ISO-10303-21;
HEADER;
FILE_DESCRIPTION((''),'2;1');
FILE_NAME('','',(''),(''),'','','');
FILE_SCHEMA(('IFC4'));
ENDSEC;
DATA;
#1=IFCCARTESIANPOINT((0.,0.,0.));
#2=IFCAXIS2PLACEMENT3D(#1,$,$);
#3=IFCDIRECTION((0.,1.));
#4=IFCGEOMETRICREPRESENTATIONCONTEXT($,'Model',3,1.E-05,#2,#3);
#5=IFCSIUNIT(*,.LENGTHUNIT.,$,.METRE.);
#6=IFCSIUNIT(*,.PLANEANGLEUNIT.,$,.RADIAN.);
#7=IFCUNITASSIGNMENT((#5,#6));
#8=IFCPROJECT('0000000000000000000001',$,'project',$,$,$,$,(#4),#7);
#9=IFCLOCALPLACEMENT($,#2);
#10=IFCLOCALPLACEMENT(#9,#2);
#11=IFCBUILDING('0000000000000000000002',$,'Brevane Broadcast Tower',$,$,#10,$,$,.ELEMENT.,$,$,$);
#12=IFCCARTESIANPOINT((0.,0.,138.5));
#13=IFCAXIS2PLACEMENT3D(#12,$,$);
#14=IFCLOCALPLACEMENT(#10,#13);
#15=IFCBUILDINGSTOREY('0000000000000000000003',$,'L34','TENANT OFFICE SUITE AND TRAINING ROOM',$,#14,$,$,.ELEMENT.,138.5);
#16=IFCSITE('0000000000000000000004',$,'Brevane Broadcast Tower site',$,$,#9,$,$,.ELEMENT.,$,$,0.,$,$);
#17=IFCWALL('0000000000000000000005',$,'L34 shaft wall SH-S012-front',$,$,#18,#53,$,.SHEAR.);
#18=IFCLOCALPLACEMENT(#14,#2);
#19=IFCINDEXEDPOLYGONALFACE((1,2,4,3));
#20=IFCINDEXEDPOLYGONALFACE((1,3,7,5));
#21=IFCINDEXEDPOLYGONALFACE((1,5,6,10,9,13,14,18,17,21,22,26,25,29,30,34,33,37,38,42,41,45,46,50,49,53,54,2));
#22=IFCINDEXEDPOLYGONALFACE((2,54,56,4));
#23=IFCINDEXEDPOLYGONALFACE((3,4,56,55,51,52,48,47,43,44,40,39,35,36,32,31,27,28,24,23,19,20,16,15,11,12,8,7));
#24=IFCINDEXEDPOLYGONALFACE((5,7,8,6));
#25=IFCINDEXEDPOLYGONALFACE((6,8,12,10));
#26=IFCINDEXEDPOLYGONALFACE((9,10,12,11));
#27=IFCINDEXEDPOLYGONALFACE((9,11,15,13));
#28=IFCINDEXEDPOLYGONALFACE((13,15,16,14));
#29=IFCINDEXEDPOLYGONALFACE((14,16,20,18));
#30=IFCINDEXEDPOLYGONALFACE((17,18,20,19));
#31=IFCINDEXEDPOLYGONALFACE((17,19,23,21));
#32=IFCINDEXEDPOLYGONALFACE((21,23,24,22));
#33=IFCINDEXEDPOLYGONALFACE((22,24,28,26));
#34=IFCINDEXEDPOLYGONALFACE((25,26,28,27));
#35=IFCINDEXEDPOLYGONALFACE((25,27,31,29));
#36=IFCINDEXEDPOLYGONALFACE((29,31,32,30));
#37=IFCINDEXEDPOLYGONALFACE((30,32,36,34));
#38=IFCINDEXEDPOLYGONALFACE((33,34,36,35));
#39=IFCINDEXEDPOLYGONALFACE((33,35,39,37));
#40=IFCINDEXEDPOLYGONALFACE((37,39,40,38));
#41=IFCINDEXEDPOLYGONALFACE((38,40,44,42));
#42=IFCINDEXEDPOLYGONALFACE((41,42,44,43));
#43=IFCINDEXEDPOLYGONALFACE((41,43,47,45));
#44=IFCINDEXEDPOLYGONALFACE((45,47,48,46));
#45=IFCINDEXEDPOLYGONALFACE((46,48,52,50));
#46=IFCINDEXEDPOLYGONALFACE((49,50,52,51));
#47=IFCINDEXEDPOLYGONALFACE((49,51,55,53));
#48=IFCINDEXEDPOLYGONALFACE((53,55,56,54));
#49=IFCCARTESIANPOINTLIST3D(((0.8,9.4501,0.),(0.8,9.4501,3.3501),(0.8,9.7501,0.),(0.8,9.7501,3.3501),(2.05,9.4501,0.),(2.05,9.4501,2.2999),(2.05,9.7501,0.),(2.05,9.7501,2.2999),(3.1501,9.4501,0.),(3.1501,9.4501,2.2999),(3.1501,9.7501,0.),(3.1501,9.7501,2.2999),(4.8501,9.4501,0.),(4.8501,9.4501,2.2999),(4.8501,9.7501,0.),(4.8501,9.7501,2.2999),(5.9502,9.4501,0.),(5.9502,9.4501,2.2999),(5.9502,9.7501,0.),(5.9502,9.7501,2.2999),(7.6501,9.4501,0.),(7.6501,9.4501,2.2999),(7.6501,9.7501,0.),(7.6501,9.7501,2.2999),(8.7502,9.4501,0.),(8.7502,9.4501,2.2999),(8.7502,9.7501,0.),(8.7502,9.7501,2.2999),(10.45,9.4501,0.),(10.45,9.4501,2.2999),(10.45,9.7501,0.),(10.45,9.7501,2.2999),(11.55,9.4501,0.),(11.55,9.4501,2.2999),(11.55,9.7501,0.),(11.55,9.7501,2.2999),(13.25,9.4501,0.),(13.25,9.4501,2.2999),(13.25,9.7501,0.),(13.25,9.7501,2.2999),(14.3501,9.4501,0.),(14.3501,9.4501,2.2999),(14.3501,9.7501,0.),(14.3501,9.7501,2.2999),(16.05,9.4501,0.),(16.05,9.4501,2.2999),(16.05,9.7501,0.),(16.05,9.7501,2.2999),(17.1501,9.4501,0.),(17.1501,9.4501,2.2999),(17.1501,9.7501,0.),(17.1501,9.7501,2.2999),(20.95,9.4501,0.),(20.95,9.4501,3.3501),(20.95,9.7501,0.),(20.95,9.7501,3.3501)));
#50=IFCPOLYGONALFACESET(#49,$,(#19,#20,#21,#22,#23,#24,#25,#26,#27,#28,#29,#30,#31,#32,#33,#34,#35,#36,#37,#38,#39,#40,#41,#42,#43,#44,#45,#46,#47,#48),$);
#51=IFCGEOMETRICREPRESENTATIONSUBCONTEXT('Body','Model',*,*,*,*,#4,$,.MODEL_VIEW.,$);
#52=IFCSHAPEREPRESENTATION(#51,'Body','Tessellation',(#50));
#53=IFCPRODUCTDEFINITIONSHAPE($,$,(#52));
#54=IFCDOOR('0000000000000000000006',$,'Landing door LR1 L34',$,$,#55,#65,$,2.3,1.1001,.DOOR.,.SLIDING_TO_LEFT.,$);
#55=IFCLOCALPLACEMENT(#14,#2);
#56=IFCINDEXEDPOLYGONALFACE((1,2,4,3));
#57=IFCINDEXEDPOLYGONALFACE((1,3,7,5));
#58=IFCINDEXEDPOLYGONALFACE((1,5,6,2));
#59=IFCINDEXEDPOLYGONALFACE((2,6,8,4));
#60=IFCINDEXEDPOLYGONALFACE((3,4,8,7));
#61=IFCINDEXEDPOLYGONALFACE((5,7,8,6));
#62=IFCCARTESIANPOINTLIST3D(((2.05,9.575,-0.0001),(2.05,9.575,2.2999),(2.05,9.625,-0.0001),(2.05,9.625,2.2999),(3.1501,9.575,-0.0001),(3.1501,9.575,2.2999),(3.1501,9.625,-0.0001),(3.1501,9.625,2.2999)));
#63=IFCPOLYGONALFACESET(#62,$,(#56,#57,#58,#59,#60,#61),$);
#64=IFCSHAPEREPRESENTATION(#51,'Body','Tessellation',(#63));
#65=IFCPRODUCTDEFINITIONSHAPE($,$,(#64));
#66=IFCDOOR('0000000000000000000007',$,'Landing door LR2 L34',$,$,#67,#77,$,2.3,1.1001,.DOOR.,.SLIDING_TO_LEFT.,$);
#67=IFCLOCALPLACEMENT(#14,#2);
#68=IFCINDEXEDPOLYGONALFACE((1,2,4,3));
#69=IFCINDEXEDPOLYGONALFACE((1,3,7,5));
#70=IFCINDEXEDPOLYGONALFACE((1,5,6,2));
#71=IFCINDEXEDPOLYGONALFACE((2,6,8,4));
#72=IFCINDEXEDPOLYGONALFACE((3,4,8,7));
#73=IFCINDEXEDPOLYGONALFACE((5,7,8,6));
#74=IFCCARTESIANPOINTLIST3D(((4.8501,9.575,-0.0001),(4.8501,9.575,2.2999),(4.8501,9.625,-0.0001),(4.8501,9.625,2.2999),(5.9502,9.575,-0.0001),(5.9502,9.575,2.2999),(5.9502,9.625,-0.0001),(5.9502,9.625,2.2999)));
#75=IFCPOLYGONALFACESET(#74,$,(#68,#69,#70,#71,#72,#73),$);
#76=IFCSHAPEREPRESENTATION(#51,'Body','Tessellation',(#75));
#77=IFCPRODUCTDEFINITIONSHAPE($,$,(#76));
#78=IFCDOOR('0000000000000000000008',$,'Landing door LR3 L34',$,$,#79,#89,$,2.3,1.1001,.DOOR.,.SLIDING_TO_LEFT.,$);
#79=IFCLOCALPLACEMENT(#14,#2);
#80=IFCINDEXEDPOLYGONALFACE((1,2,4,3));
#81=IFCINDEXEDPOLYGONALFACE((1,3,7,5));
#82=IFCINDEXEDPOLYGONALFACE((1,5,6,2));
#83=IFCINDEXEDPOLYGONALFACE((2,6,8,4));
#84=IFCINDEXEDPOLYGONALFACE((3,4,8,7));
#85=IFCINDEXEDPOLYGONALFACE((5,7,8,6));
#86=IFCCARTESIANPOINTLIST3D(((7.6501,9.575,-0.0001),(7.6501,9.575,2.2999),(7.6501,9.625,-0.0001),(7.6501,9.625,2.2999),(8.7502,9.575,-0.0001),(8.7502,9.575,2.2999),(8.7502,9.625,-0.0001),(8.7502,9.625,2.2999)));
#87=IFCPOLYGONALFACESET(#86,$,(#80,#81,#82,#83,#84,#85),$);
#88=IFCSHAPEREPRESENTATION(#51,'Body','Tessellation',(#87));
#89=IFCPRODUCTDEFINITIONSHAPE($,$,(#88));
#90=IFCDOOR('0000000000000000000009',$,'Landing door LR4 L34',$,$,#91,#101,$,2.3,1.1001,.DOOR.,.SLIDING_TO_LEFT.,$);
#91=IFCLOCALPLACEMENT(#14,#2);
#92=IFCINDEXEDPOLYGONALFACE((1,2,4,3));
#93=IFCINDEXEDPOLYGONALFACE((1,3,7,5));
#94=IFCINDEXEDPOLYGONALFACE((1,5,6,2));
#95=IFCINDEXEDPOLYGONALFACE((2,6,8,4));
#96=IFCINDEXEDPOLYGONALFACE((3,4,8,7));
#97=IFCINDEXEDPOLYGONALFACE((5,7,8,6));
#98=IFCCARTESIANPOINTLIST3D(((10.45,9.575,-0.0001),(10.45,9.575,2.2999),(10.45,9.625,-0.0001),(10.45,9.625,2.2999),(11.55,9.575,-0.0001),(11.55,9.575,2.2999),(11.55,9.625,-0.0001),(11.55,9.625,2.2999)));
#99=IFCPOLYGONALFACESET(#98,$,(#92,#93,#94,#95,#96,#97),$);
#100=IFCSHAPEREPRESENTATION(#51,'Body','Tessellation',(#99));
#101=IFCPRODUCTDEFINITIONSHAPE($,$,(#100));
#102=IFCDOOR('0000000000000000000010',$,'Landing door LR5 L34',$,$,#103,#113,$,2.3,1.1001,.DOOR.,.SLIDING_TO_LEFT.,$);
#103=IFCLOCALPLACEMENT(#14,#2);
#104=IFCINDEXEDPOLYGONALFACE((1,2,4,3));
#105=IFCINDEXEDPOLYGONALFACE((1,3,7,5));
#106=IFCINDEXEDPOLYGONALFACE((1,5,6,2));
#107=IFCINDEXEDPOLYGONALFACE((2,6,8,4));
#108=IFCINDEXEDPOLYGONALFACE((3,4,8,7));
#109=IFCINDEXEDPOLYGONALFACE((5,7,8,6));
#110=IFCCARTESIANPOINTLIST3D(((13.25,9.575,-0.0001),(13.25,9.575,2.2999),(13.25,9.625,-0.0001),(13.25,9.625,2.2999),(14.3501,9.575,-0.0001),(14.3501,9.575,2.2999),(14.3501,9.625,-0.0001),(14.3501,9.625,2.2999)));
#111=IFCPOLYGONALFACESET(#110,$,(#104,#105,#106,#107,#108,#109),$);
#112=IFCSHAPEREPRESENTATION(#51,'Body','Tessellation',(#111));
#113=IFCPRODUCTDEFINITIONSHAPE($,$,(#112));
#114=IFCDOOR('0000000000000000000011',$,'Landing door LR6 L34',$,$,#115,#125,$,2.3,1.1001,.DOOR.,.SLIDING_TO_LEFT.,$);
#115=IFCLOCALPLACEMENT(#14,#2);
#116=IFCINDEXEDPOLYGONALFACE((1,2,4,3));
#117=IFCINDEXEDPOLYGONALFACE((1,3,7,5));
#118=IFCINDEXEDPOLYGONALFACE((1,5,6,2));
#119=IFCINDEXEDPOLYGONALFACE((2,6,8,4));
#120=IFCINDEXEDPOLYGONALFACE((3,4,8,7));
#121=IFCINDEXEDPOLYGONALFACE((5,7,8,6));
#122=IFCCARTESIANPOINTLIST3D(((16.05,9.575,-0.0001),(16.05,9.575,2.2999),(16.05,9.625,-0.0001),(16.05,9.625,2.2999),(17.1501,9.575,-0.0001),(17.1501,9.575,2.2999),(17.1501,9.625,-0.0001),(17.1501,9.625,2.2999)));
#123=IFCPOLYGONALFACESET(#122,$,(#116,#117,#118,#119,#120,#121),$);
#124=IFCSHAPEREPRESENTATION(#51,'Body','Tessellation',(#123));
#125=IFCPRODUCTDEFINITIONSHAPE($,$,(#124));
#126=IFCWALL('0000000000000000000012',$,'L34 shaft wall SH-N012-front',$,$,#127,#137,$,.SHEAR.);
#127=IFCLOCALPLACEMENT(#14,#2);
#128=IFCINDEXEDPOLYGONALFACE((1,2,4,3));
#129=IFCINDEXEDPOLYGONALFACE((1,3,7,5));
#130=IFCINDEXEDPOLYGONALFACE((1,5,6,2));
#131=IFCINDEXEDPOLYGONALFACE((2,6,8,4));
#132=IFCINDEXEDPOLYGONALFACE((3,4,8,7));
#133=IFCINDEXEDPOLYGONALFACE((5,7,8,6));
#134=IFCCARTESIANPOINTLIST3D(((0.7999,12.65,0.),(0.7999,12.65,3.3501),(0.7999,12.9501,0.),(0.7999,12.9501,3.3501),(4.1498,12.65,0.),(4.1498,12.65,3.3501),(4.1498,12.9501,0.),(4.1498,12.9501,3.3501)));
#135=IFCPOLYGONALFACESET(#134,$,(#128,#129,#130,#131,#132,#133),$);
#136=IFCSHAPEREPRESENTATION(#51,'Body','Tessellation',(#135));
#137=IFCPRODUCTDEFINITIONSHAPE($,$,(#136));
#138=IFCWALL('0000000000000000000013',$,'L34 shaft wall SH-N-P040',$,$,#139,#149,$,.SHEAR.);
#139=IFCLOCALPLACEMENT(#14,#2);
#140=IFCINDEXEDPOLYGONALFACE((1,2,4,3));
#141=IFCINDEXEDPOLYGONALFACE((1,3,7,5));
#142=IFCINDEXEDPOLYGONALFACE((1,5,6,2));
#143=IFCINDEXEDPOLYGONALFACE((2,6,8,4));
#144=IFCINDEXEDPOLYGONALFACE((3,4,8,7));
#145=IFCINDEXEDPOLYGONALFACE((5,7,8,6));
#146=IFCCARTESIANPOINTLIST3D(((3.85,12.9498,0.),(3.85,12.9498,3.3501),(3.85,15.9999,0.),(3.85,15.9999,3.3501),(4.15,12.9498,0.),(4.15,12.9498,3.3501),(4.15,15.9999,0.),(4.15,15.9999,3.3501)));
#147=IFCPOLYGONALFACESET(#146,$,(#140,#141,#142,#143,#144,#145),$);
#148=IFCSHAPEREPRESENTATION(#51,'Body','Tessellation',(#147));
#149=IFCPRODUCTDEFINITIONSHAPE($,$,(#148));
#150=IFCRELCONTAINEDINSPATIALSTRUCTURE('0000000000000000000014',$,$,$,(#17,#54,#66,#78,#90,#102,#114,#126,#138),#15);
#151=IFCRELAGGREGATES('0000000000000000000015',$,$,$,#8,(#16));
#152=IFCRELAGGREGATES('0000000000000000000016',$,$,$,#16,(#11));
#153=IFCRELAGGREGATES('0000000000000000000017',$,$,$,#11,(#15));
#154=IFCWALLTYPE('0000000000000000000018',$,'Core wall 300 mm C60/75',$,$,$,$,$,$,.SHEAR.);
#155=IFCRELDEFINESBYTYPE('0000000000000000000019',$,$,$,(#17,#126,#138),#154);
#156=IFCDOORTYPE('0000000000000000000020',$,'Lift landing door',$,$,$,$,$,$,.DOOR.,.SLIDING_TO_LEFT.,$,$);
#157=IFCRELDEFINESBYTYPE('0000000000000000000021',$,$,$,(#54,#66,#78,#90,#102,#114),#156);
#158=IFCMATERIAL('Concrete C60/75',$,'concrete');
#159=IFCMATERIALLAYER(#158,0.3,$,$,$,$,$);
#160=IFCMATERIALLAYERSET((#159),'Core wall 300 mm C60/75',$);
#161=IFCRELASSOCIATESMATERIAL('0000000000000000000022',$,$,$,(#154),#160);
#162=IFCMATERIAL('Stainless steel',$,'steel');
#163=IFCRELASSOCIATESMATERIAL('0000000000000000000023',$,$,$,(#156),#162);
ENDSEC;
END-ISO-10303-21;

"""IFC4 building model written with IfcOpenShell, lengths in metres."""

from ifc_helpers import new_model, si_unit, direction, frame, frame_2d, origin, place, context, subcontext, project, spatial, rectangle, extrude, material, layer, layer_set, type_object, element, fill, save


model = new_model("IFC4")

# Units and contexts
model_context = context("Model", 3, precision=1e-05, world=origin(), true_north=direction((0.0, 1.0)))
body_context = subcontext(model_context, "Body", "Model", "MODEL_VIEW")
ifc_project = project(units=[si_unit("LENGTHUNIT", "METRE"), si_unit("PLANEANGLEUNIT", "RADIAN")], contexts=[model_context])

# Site, building, storey
site_placement = place(None, origin())
site = spatial("IfcSite", under=ifc_project, at=site_placement, Name="Brevane Broadcast Tower site", CompositionType="ELEMENT", RefElevation=0.0)
building_placement = place(site_placement, origin())
building = spatial("IfcBuilding", under=site, at=building_placement, Name="Brevane Broadcast Tower", CompositionType="ELEMENT")
storey_placement = place(building_placement, frame((0.0, 0.0, 138.5)))
storey = spatial("IfcBuildingStorey", under=building, at=storey_placement, Name="L34", Description="TENANT OFFICE SUITE AND TRAINING ROOM", CompositionType="ELEMENT", Elevation=138.5)

# Wall, openings, doors
ifc_material_1 = material(Name="Concrete C60/75", Category="concrete")
ifc_layer_1 = layer(ifc_material_1, 0.3)
ifc_layer_set_1 = layer_set([ifc_layer_1], Name="Core wall 300 mm C60/75")
wall_type_1 = type_object("IfcWallType", Name="Core wall 300 mm C60/75", PredefinedType="SHEAR", material=ifc_layer_set_1)
wall_1_placement = place(storey_placement, frame((0.8, 9.6001, 0.0), z_axis=(0.0, 0.0, 1.0), x_axis=(1.0, 0.0, 0.0)))
wall_1 = element("IfcWall", 1, at=wall_1_placement, inside=storey, type_object=wall_type_1, Name="L34 shaft wall SH-S012-front", PredefinedType="SHEAR", context=body_context, shape_type="SweptSolid", body=[
    extrude(rectangle(XDim=20.1499, YDim=0.3, at=frame_2d((10.075, 0.0))), origin(), (0.0, 0.0, 1.0), 3.3501),
])
opening_1_placement = place(wall_1_placement, frame((1.25, 0.0, 0.0)))
opening_1 = element("IfcOpeningElement", 2, at=opening_1_placement, cuts=wall_1, PredefinedType="OPENING", context=body_context, shape_type="SweptSolid", body=[
    extrude(rectangle(XDim=1.1001, YDim=2.3, at=frame_2d((0.55, 1.1499))), frame((0.0, 0.1599, 0.0), z_axis=(0.0, -1.0, 0.0), x_axis=(1.0, 0.0, 0.0)), (0.0, 0.0, 1.0), 0.3201),
])
opening_2_placement = place(wall_1_placement, frame((4.05, 0.0, 0.0)))
opening_2 = element("IfcOpeningElement", 3, at=opening_2_placement, cuts=wall_1, PredefinedType="OPENING", context=body_context, shape_type="SweptSolid", body=[
    extrude(rectangle(XDim=1.1001, YDim=2.3, at=frame_2d((0.55, 1.1499))), frame((0.0, 0.1599, 0.0), z_axis=(0.0, -1.0, 0.0), x_axis=(1.0, 0.0, 0.0)), (0.0, 0.0, 1.0), 0.3201),
])
opening_3_placement = place(wall_1_placement, frame((6.8501, 0.0, 0.0)))
opening_3 = element("IfcOpeningElement", 4, at=opening_3_placement, cuts=wall_1, PredefinedType="OPENING", context=body_context, shape_type="SweptSolid", body=[
    extrude(rectangle(XDim=1.1001, YDim=2.3, at=frame_2d((0.55, 1.1499))), frame((0.0, 0.1599, 0.0), z_axis=(0.0, -1.0, 0.0), x_axis=(1.0, 0.0, 0.0)), (0.0, 0.0, 1.0), 0.3201),
])
opening_4_placement = place(wall_1_placement, frame((9.6499, 0.0, 0.0)))
opening_4 = element("IfcOpeningElement", 5, at=opening_4_placement, cuts=wall_1, PredefinedType="OPENING", context=body_context, shape_type="SweptSolid", body=[
    extrude(rectangle(XDim=1.1001, YDim=2.3, at=frame_2d((0.55, 1.1499))), frame((0.0, 0.1599, 0.0), z_axis=(0.0, -1.0, 0.0), x_axis=(1.0, 0.0, 0.0)), (0.0, 0.0, 1.0), 0.3201),
])
opening_5_placement = place(wall_1_placement, frame((12.45, 0.0, 0.0)))
opening_5 = element("IfcOpeningElement", 6, at=opening_5_placement, cuts=wall_1, PredefinedType="OPENING", context=body_context, shape_type="SweptSolid", body=[
    extrude(rectangle(XDim=1.1001, YDim=2.3, at=frame_2d((0.55, 1.1499))), frame((0.0, 0.1599, 0.0), z_axis=(0.0, -1.0, 0.0), x_axis=(1.0, 0.0, 0.0)), (0.0, 0.0, 1.0), 0.3201),
])
opening_6_placement = place(wall_1_placement, frame((15.25, 0.0, 0.0)))
opening_6 = element("IfcOpeningElement", 7, at=opening_6_placement, cuts=wall_1, PredefinedType="OPENING", context=body_context, shape_type="SweptSolid", body=[
    extrude(rectangle(XDim=1.1001, YDim=2.3, at=frame_2d((0.55, 1.1499))), frame((0.0, 0.1599, 0.0), z_axis=(0.0, -1.0, 0.0), x_axis=(1.0, 0.0, 0.0)), (0.0, 0.0, 1.0), 0.3201),
])
ifc_material_2 = material(Name="Stainless steel", Category="steel")
door_type_1 = type_object("IfcDoorType", Name="Lift landing door", OperationType="SLIDING_TO_LEFT", PredefinedType="DOOR", material=ifc_material_2)
door_1_placement = place(opening_1_placement, origin())
door_1 = element("IfcDoor", 8, at=door_1_placement, inside=storey, type_object=door_type_1, Name="Landing door LR1 L34", OperationType="SLIDING_TO_LEFT", OverallHeight=2.3, OverallWidth=1.1001, PredefinedType="DOOR", context=body_context, shape_type="SweptSolid", body=[
    extrude(rectangle(XDim=1.1001, YDim=2.3, at=frame_2d((0.55, 1.1499))), frame((0.0, 0.0249, 0.0), z_axis=(0.0, -1.0, 0.0), x_axis=(1.0, 0.0, 0.0)), (0.0, 0.0, 1.0), 0.05),
])
fill(opening_1, door_1)
door_2_placement = place(opening_2_placement, origin())
door_2 = element("IfcDoor", 9, at=door_2_placement, inside=storey, type_object=door_type_1, Name="Landing door LR2 L34", OperationType="SLIDING_TO_LEFT", OverallHeight=2.3, OverallWidth=1.1001, PredefinedType="DOOR", context=body_context, shape_type="SweptSolid", body=[
    extrude(rectangle(XDim=1.1001, YDim=2.3, at=frame_2d((0.55, 1.1499))), frame((0.0, 0.0249, 0.0), z_axis=(0.0, -1.0, 0.0), x_axis=(1.0, 0.0, 0.0)), (0.0, 0.0, 1.0), 0.05),
])
fill(opening_2, door_2)
door_3_placement = place(opening_3_placement, origin())
door_3 = element("IfcDoor", 10, at=door_3_placement, inside=storey, type_object=door_type_1, Name="Landing door LR3 L34", OperationType="SLIDING_TO_LEFT", OverallHeight=2.3, OverallWidth=1.1001, PredefinedType="DOOR", context=body_context, shape_type="SweptSolid", body=[
    extrude(rectangle(XDim=1.1001, YDim=2.3, at=frame_2d((0.55, 1.1499))), frame((0.0, 0.0249, 0.0), z_axis=(0.0, -1.0, 0.0), x_axis=(1.0, 0.0, 0.0)), (0.0, 0.0, 1.0), 0.05),
])
fill(opening_3, door_3)
door_4_placement = place(opening_4_placement, origin())
door_4 = element("IfcDoor", 11, at=door_4_placement, inside=storey, type_object=door_type_1, Name="Landing door LR4 L34", OperationType="SLIDING_TO_LEFT", OverallHeight=2.3, OverallWidth=1.1001, PredefinedType="DOOR", context=body_context, shape_type="SweptSolid", body=[
    extrude(rectangle(XDim=1.1001, YDim=2.3, at=frame_2d((0.55, 1.1499))), frame((0.0, 0.0249, 0.0), z_axis=(0.0, -1.0, 0.0), x_axis=(1.0, 0.0, 0.0)), (0.0, 0.0, 1.0), 0.05),
])
fill(opening_4, door_4)
door_5_placement = place(opening_5_placement, origin())
door_5 = element("IfcDoor", 12, at=door_5_placement, inside=storey, type_object=door_type_1, Name="Landing door LR5 L34", OperationType="SLIDING_TO_LEFT", OverallHeight=2.3, OverallWidth=1.1001, PredefinedType="DOOR", context=body_context, shape_type="SweptSolid", body=[
    extrude(rectangle(XDim=1.1001, YDim=2.3, at=frame_2d((0.55, 1.1499))), frame((0.0, 0.0249, 0.0), z_axis=(0.0, -1.0, 0.0), x_axis=(1.0, 0.0, 0.0)), (0.0, 0.0, 1.0), 0.05),
])
fill(opening_5, door_5)
door_6_placement = place(opening_6_placement, origin())
door_6 = element("IfcDoor", 13, at=door_6_placement, inside=storey, type_object=door_type_1, Name="Landing door LR6 L34", OperationType="SLIDING_TO_LEFT", OverallHeight=2.3, OverallWidth=1.1001, PredefinedType="DOOR", context=body_context, shape_type="SweptSolid", body=[
    extrude(rectangle(XDim=1.1001, YDim=2.3, at=frame_2d((0.55, 1.1499))), frame((0.0, 0.0249, 0.0), z_axis=(0.0, -1.0, 0.0), x_axis=(1.0, 0.0, 0.0)), (0.0, 0.0, 1.0), 0.05),
])
fill(opening_6, door_6)

# Walls
wall_2_placement = place(storey_placement, frame((0.8, 12.8, 0.0), z_axis=(0.0, 0.0, 1.0), x_axis=(1.0, 0.0, 0.0)))
element("IfcWall", 14, at=wall_2_placement, inside=storey, type_object=wall_type_1, Name="L34 shaft wall SH-N012-front", PredefinedType="SHEAR", context=body_context, shape_type="SweptSolid", body=[
    extrude(rectangle(XDim=3.3499, YDim=0.3, at=frame_2d((1.6748, 0.0))), origin(), (0.0, 0.0, 1.0), 3.3501),
])
wall_3_placement = place(storey_placement, frame((4.0, 12.95, 0.0), z_axis=(0.0, 0.0, 1.0), x_axis=(0.0, 1.0, 0.0)))
element("IfcWall", 15, at=wall_3_placement, inside=storey, type_object=wall_type_1, Name="L34 shaft wall SH-N-P040", PredefinedType="SHEAR", context=body_context, shape_type="SweptSolid", body=[
    extrude(rectangle(XDim=3.05, YDim=0.3, at=frame_2d((1.5249, 0.0))), origin(), (0.0, 0.0, 1.0), 3.3501),
])

save(model, "model.ifc")
